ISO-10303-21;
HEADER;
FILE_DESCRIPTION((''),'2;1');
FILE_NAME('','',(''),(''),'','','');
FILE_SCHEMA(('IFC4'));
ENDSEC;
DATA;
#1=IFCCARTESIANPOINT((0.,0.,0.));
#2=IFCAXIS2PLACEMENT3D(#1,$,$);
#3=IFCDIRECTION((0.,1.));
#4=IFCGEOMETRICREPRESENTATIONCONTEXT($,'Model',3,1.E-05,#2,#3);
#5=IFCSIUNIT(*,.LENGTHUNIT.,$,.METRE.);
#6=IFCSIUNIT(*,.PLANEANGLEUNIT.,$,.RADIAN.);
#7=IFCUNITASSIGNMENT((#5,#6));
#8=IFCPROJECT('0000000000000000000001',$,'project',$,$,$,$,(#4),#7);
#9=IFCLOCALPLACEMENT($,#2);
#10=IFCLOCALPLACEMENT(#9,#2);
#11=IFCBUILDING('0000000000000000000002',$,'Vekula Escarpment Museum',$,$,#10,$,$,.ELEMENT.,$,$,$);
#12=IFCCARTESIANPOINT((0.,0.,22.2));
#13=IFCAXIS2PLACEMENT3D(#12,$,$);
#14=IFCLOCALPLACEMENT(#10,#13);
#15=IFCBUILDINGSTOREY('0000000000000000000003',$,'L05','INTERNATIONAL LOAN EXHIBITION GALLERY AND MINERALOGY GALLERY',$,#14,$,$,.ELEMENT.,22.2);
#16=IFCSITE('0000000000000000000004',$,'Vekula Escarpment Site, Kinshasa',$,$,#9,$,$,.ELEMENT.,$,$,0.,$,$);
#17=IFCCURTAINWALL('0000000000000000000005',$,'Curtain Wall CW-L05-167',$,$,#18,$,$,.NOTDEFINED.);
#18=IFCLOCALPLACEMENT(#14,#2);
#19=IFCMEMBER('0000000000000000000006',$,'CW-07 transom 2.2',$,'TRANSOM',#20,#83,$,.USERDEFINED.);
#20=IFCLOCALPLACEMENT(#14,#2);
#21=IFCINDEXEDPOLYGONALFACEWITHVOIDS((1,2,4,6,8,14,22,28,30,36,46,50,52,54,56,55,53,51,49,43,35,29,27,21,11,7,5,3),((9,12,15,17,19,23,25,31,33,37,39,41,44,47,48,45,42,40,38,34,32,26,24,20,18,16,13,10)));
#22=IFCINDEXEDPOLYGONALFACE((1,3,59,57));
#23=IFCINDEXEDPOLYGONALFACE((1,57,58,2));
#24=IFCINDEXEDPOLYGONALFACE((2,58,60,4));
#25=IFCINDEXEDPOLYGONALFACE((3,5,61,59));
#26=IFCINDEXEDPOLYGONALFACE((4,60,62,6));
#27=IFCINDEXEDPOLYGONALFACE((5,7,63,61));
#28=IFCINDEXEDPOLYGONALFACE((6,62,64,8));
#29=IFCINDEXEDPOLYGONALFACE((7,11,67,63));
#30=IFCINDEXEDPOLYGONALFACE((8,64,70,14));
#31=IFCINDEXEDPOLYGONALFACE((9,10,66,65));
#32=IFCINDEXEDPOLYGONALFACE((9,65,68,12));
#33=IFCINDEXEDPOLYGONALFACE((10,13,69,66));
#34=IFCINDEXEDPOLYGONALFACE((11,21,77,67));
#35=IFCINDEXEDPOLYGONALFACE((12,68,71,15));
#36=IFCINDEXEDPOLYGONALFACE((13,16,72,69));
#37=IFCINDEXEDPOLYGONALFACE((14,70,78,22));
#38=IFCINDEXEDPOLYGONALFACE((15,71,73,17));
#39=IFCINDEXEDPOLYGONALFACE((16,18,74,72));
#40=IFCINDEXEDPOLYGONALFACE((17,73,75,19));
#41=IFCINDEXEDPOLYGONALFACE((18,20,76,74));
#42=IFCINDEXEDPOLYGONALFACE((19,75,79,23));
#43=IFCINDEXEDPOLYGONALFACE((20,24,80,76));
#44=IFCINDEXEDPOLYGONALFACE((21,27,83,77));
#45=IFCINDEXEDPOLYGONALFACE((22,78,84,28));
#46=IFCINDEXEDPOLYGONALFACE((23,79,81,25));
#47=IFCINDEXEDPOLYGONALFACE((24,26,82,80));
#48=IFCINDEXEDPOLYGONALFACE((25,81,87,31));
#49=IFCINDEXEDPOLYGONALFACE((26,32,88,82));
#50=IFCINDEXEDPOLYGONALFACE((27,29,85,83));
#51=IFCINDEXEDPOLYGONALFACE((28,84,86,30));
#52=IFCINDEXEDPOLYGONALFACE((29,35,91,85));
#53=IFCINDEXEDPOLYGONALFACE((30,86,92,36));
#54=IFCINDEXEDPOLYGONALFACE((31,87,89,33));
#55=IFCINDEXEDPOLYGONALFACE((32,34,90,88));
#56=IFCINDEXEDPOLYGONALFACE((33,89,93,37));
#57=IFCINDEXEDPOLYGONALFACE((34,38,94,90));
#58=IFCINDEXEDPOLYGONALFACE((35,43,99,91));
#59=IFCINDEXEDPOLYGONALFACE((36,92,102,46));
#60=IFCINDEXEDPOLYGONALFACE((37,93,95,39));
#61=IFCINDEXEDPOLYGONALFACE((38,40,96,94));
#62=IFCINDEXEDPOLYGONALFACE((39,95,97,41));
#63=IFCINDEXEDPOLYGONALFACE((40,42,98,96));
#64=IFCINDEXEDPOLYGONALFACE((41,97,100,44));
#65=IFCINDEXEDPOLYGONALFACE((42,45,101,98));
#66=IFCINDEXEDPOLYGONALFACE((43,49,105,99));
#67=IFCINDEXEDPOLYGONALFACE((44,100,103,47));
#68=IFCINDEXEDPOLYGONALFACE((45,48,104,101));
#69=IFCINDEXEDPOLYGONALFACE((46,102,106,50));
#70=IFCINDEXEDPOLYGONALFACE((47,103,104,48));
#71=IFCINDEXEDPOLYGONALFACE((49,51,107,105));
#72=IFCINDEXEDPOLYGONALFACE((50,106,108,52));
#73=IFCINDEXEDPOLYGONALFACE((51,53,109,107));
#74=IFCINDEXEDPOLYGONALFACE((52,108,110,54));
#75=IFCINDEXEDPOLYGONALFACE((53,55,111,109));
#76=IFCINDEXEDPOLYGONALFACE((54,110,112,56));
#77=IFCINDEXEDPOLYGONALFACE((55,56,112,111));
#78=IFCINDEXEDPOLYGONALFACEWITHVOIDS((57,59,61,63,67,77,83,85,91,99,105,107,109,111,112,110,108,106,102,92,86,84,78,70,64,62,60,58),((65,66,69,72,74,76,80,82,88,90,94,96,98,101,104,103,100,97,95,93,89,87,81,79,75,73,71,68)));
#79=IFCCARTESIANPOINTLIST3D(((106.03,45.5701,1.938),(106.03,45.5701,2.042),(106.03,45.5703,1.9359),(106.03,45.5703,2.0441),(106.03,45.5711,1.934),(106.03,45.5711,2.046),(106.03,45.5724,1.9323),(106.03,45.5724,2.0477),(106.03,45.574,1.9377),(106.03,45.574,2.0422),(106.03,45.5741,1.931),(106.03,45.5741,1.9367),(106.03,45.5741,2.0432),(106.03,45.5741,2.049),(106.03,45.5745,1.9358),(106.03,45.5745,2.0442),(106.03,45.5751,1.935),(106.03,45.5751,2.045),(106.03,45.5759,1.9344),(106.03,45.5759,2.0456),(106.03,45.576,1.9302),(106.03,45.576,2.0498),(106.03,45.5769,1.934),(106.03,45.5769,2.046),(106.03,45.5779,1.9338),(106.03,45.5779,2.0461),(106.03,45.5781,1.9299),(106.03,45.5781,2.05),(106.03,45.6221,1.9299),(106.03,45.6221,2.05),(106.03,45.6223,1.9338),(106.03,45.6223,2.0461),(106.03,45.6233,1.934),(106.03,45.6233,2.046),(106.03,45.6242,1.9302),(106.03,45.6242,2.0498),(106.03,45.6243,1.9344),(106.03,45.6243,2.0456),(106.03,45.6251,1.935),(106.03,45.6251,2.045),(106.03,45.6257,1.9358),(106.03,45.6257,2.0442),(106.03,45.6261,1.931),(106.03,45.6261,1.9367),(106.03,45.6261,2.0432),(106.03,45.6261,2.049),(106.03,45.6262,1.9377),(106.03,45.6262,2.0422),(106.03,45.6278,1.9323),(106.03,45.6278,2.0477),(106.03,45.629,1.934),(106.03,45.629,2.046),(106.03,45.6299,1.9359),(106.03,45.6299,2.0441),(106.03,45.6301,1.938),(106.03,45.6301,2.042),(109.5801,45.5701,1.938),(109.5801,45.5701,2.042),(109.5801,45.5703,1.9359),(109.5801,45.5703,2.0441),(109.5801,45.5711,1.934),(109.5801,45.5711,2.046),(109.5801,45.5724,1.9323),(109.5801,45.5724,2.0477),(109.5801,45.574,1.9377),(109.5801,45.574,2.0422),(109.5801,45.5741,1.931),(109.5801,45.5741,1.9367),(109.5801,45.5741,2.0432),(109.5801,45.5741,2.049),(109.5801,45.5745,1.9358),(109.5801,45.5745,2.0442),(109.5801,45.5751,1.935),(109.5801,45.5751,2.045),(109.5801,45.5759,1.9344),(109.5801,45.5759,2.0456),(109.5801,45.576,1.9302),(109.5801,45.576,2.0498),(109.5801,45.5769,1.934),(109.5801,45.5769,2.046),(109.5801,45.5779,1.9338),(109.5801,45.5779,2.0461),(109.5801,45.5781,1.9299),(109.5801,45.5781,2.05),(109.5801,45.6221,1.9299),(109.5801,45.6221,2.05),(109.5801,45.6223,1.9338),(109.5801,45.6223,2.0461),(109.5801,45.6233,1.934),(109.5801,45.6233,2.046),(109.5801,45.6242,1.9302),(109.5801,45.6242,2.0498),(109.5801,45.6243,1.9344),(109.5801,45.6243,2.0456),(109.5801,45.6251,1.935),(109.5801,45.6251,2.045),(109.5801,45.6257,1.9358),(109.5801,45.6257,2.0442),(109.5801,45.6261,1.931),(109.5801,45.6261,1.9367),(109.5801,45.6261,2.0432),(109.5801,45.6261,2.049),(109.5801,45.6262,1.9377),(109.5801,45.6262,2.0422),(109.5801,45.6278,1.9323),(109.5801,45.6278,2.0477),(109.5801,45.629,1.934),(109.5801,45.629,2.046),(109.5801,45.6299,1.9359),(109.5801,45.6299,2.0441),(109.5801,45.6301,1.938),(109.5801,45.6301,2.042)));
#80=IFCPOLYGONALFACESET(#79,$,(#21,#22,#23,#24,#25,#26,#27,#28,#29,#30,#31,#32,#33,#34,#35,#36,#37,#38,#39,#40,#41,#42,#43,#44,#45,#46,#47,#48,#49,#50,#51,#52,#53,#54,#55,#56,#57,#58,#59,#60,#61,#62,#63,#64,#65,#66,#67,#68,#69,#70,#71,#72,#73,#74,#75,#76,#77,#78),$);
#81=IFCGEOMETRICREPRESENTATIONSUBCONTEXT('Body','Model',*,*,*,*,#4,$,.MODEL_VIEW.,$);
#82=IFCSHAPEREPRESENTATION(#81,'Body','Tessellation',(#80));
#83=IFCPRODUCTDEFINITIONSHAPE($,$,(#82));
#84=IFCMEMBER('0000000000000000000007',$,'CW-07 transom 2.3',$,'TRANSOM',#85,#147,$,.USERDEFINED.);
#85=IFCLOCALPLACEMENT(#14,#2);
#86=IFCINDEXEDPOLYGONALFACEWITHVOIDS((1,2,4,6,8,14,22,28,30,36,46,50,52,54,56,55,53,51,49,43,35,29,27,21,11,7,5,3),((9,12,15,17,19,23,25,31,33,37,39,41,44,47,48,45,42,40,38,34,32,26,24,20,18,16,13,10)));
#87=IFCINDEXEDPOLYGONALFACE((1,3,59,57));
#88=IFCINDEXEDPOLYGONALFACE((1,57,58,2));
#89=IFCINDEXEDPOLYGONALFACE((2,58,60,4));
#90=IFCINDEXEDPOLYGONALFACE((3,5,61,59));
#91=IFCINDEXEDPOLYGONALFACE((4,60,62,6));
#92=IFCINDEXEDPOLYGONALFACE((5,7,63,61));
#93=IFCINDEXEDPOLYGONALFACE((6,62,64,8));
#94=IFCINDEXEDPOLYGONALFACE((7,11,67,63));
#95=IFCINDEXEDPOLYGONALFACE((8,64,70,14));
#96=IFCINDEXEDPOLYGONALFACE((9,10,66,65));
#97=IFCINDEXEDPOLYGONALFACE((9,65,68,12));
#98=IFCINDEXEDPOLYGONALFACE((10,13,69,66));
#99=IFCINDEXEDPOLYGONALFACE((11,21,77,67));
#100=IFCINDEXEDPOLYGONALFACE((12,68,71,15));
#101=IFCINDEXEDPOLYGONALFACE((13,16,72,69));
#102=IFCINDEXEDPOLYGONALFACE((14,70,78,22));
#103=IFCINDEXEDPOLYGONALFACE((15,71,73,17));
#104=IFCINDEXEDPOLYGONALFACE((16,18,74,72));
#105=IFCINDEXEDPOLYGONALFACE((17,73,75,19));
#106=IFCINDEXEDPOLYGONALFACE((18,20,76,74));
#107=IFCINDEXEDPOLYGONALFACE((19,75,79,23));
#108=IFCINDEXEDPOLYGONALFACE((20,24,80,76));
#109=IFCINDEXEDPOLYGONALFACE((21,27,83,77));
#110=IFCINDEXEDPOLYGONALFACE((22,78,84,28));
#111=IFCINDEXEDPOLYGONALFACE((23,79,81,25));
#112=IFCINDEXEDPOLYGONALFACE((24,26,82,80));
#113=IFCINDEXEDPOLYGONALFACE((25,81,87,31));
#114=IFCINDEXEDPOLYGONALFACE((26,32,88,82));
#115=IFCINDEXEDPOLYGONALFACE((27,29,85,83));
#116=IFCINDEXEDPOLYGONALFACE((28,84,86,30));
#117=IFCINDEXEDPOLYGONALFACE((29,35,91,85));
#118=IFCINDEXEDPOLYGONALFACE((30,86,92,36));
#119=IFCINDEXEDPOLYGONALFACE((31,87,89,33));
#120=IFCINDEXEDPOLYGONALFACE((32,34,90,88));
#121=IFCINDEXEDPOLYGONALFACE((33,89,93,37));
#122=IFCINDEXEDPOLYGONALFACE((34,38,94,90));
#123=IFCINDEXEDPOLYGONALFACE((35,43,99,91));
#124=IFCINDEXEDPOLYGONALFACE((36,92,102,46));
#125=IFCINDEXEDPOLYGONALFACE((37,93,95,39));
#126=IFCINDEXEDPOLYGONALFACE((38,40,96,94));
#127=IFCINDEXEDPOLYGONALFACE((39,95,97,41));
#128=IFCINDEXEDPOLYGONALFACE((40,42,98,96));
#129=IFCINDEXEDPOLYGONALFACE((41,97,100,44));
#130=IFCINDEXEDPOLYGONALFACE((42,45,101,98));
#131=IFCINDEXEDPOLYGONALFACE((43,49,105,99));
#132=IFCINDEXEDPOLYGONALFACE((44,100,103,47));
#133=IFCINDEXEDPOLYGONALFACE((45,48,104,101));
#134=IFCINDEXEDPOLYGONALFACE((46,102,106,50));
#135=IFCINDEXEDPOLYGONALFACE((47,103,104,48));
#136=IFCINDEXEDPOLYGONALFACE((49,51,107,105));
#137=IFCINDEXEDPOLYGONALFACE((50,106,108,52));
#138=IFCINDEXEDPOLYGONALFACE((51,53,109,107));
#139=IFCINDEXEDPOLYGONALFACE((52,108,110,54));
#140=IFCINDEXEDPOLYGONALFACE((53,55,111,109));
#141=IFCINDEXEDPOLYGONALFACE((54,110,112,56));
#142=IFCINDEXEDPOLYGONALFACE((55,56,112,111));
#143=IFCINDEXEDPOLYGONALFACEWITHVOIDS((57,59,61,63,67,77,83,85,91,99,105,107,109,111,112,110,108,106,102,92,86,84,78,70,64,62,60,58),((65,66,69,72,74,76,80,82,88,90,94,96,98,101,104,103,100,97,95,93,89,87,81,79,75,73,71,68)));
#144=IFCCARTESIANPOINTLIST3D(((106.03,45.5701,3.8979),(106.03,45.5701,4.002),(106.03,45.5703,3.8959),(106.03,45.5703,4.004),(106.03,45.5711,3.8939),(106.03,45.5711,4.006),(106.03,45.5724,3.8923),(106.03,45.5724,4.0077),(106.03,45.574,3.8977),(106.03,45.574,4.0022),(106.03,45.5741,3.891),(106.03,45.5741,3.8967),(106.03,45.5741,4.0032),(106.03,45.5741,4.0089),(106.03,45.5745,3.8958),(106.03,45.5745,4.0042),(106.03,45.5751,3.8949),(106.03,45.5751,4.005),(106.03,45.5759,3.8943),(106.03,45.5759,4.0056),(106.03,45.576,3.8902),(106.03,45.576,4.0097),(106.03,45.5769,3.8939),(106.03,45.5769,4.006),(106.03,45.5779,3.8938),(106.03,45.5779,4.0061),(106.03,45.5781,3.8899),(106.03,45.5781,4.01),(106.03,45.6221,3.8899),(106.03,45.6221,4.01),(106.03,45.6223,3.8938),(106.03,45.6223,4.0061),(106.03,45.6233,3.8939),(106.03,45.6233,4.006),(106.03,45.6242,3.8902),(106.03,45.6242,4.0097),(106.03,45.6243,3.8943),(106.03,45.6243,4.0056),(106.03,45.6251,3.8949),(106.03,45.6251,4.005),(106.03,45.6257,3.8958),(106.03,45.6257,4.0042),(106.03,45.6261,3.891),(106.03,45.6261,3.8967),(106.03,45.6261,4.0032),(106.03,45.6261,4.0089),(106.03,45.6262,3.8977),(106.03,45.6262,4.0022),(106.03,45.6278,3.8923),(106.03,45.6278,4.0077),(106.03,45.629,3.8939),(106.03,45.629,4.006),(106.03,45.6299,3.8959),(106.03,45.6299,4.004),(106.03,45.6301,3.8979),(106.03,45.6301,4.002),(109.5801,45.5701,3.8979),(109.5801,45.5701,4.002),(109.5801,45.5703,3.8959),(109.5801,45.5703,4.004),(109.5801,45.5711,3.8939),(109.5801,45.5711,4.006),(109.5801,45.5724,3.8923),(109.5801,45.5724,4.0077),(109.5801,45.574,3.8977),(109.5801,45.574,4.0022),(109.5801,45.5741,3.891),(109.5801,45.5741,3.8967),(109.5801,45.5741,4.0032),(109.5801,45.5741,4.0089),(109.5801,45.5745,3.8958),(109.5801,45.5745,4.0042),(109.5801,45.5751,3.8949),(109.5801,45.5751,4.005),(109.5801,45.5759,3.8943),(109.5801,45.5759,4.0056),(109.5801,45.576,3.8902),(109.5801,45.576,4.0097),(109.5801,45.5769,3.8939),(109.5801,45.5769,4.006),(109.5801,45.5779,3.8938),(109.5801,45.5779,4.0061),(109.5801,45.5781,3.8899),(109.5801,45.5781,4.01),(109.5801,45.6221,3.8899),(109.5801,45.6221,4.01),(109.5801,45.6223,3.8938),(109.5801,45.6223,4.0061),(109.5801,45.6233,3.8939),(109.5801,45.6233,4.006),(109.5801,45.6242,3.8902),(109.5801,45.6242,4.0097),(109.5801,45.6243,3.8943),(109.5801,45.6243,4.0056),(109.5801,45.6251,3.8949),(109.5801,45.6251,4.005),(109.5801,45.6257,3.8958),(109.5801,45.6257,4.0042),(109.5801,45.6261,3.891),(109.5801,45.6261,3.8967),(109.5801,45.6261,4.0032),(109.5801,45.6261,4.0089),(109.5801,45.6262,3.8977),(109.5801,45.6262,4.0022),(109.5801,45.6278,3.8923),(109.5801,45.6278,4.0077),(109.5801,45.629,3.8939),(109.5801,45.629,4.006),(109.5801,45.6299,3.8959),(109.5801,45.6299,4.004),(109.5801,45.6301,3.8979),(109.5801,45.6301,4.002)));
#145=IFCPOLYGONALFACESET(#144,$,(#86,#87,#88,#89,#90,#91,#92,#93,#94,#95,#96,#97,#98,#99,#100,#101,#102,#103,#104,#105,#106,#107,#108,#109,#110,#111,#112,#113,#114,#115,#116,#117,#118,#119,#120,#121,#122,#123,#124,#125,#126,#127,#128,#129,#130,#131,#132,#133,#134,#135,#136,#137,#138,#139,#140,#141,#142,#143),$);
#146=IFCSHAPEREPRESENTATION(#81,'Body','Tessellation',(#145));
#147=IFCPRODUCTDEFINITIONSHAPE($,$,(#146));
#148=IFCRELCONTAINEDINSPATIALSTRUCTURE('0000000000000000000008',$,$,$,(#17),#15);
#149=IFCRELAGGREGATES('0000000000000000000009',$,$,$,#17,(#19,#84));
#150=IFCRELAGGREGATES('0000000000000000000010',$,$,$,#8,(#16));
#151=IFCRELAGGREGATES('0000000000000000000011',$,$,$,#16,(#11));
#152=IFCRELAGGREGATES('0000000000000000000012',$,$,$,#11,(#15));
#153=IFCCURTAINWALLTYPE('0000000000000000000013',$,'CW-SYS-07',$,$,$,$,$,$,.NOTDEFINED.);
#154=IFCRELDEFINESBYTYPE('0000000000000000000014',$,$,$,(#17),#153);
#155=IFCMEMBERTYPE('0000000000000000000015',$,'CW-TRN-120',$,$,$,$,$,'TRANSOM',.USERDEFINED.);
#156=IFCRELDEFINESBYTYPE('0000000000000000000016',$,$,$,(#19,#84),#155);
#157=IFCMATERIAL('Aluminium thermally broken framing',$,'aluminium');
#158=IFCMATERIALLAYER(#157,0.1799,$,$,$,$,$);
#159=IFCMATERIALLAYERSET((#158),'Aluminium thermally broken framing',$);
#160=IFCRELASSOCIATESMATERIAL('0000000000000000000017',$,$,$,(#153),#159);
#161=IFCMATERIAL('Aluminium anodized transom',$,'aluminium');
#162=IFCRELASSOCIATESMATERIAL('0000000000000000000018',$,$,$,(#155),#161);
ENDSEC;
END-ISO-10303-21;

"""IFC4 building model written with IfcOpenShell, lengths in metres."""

from ifc_helpers import new_model, si_unit, direction, frame, origin, origin_2d, place, context, subcontext, project, spatial, hollow_rectangle, extrude, material, layer, layer_set, material_profile, profile_set, type_object, element, aggregate, save


model = new_model("IFC4")

# Units and contexts
model_context = context("Model", 3, precision=1e-05, world=origin(), true_north=direction((0.0, 1.0)))
body_context = subcontext(model_context, "Body", "Model", "MODEL_VIEW")
ifc_project = project(units=[si_unit("LENGTHUNIT", "METRE"), si_unit("PLANEANGLEUNIT", "RADIAN")], contexts=[model_context])

# Site, building, storey
site_placement = place(None, origin())
site = spatial("IfcSite", under=ifc_project, at=site_placement, Name="Vekula Escarpment Site, Kinshasa", CompositionType="ELEMENT", RefElevation=0.0)
building_placement = place(site_placement, origin())
building = spatial("IfcBuilding", under=site, at=building_placement, Name="Vekula Escarpment Museum", CompositionType="ELEMENT")
storey_placement = place(building_placement, frame((0.0, 0.0, 22.2)))
storey = spatial("IfcBuildingStorey", under=building, at=storey_placement, Name="L05", Description="INTERNATIONAL LOAN EXHIBITION GALLERY AND MINERALOGY GALLERY", CompositionType="ELEMENT", Elevation=22.2)

# Curtain wall
ifc_material_1 = material(Name="Aluminium thermally broken framing", Category="aluminium")
ifc_layer_1 = layer(ifc_material_1, 0.1799)
ifc_layer_set_1 = layer_set([ifc_layer_1], Name="Aluminium thermally broken framing")
curtain_wall_type_1 = type_object("IfcCurtainWallType", Name="CW-SYS-07", PredefinedType="NOTDEFINED", material=ifc_layer_set_1)
curtain_wall_1_placement = place(storey_placement, origin())
curtain_wall_1 = element("IfcCurtainWall", 1, at=curtain_wall_1_placement, inside=storey, type_object=curtain_wall_type_1, Name="Curtain Wall CW-L05-167", PredefinedType="NOTDEFINED")

# Members
ifc_material_2 = material(Name="Aluminium anodized transom", Category="aluminium")
ifc_material_profile_1 = material_profile(ifc_material_2, hollow_rectangle(XDim=0.0601, YDim=0.1201, WallThickness=0.0039, InnerFilletRadius=0.0039, OuterFilletRadius=0.0081, at=origin_2d()), Name="ALU 120x60x4")
ifc_profile_set_1 = profile_set([ifc_material_profile_1], Name="Aluminium anodized transom")
member_type_1 = type_object("IfcMemberType", Name="CW-TRN-120", ElementType="TRANSOM", PredefinedType="USERDEFINED", material=ifc_profile_set_1)
member_1_placement = place(storey_placement, frame((106.03, 45.6001, 1.99), z_axis=(1.0, 0.0, 0.0), x_axis=(0.0, 1.0, 0.0)))
member_1 = element("IfcMember", 2, at=member_1_placement, type_object=member_type_1, Name="CW-07 transom 2.2", ObjectType="TRANSOM", PredefinedType="USERDEFINED", context=body_context, shape_type="SweptSolid", body=[
    extrude(hollow_rectangle(XDim=0.0601, YDim=0.1201, WallThickness=0.0039, InnerFilletRadius=0.0039, OuterFilletRadius=0.0081, at=origin_2d()), origin(), (0.0, 0.0, 1.0), 3.55),
])
member_2_placement = place(storey_placement, frame((106.03, 45.6001, 3.95), z_axis=(1.0, 0.0, 0.0), x_axis=(0.0, 1.0, 0.0)))
member_2 = element("IfcMember", 3, at=member_2_placement, type_object=member_type_1, Name="CW-07 transom 2.3", ObjectType="TRANSOM", PredefinedType="USERDEFINED", context=body_context, shape_type="SweptSolid", body=[
    extrude(hollow_rectangle(XDim=0.0601, YDim=0.1201, WallThickness=0.0039, InnerFilletRadius=0.0039, OuterFilletRadius=0.0081, at=origin_2d()), origin(), (0.0, 0.0, 1.0), 3.55),
])

aggregate(curtain_wall_1, [member_1, member_2])

save(model, "model.ifc")
